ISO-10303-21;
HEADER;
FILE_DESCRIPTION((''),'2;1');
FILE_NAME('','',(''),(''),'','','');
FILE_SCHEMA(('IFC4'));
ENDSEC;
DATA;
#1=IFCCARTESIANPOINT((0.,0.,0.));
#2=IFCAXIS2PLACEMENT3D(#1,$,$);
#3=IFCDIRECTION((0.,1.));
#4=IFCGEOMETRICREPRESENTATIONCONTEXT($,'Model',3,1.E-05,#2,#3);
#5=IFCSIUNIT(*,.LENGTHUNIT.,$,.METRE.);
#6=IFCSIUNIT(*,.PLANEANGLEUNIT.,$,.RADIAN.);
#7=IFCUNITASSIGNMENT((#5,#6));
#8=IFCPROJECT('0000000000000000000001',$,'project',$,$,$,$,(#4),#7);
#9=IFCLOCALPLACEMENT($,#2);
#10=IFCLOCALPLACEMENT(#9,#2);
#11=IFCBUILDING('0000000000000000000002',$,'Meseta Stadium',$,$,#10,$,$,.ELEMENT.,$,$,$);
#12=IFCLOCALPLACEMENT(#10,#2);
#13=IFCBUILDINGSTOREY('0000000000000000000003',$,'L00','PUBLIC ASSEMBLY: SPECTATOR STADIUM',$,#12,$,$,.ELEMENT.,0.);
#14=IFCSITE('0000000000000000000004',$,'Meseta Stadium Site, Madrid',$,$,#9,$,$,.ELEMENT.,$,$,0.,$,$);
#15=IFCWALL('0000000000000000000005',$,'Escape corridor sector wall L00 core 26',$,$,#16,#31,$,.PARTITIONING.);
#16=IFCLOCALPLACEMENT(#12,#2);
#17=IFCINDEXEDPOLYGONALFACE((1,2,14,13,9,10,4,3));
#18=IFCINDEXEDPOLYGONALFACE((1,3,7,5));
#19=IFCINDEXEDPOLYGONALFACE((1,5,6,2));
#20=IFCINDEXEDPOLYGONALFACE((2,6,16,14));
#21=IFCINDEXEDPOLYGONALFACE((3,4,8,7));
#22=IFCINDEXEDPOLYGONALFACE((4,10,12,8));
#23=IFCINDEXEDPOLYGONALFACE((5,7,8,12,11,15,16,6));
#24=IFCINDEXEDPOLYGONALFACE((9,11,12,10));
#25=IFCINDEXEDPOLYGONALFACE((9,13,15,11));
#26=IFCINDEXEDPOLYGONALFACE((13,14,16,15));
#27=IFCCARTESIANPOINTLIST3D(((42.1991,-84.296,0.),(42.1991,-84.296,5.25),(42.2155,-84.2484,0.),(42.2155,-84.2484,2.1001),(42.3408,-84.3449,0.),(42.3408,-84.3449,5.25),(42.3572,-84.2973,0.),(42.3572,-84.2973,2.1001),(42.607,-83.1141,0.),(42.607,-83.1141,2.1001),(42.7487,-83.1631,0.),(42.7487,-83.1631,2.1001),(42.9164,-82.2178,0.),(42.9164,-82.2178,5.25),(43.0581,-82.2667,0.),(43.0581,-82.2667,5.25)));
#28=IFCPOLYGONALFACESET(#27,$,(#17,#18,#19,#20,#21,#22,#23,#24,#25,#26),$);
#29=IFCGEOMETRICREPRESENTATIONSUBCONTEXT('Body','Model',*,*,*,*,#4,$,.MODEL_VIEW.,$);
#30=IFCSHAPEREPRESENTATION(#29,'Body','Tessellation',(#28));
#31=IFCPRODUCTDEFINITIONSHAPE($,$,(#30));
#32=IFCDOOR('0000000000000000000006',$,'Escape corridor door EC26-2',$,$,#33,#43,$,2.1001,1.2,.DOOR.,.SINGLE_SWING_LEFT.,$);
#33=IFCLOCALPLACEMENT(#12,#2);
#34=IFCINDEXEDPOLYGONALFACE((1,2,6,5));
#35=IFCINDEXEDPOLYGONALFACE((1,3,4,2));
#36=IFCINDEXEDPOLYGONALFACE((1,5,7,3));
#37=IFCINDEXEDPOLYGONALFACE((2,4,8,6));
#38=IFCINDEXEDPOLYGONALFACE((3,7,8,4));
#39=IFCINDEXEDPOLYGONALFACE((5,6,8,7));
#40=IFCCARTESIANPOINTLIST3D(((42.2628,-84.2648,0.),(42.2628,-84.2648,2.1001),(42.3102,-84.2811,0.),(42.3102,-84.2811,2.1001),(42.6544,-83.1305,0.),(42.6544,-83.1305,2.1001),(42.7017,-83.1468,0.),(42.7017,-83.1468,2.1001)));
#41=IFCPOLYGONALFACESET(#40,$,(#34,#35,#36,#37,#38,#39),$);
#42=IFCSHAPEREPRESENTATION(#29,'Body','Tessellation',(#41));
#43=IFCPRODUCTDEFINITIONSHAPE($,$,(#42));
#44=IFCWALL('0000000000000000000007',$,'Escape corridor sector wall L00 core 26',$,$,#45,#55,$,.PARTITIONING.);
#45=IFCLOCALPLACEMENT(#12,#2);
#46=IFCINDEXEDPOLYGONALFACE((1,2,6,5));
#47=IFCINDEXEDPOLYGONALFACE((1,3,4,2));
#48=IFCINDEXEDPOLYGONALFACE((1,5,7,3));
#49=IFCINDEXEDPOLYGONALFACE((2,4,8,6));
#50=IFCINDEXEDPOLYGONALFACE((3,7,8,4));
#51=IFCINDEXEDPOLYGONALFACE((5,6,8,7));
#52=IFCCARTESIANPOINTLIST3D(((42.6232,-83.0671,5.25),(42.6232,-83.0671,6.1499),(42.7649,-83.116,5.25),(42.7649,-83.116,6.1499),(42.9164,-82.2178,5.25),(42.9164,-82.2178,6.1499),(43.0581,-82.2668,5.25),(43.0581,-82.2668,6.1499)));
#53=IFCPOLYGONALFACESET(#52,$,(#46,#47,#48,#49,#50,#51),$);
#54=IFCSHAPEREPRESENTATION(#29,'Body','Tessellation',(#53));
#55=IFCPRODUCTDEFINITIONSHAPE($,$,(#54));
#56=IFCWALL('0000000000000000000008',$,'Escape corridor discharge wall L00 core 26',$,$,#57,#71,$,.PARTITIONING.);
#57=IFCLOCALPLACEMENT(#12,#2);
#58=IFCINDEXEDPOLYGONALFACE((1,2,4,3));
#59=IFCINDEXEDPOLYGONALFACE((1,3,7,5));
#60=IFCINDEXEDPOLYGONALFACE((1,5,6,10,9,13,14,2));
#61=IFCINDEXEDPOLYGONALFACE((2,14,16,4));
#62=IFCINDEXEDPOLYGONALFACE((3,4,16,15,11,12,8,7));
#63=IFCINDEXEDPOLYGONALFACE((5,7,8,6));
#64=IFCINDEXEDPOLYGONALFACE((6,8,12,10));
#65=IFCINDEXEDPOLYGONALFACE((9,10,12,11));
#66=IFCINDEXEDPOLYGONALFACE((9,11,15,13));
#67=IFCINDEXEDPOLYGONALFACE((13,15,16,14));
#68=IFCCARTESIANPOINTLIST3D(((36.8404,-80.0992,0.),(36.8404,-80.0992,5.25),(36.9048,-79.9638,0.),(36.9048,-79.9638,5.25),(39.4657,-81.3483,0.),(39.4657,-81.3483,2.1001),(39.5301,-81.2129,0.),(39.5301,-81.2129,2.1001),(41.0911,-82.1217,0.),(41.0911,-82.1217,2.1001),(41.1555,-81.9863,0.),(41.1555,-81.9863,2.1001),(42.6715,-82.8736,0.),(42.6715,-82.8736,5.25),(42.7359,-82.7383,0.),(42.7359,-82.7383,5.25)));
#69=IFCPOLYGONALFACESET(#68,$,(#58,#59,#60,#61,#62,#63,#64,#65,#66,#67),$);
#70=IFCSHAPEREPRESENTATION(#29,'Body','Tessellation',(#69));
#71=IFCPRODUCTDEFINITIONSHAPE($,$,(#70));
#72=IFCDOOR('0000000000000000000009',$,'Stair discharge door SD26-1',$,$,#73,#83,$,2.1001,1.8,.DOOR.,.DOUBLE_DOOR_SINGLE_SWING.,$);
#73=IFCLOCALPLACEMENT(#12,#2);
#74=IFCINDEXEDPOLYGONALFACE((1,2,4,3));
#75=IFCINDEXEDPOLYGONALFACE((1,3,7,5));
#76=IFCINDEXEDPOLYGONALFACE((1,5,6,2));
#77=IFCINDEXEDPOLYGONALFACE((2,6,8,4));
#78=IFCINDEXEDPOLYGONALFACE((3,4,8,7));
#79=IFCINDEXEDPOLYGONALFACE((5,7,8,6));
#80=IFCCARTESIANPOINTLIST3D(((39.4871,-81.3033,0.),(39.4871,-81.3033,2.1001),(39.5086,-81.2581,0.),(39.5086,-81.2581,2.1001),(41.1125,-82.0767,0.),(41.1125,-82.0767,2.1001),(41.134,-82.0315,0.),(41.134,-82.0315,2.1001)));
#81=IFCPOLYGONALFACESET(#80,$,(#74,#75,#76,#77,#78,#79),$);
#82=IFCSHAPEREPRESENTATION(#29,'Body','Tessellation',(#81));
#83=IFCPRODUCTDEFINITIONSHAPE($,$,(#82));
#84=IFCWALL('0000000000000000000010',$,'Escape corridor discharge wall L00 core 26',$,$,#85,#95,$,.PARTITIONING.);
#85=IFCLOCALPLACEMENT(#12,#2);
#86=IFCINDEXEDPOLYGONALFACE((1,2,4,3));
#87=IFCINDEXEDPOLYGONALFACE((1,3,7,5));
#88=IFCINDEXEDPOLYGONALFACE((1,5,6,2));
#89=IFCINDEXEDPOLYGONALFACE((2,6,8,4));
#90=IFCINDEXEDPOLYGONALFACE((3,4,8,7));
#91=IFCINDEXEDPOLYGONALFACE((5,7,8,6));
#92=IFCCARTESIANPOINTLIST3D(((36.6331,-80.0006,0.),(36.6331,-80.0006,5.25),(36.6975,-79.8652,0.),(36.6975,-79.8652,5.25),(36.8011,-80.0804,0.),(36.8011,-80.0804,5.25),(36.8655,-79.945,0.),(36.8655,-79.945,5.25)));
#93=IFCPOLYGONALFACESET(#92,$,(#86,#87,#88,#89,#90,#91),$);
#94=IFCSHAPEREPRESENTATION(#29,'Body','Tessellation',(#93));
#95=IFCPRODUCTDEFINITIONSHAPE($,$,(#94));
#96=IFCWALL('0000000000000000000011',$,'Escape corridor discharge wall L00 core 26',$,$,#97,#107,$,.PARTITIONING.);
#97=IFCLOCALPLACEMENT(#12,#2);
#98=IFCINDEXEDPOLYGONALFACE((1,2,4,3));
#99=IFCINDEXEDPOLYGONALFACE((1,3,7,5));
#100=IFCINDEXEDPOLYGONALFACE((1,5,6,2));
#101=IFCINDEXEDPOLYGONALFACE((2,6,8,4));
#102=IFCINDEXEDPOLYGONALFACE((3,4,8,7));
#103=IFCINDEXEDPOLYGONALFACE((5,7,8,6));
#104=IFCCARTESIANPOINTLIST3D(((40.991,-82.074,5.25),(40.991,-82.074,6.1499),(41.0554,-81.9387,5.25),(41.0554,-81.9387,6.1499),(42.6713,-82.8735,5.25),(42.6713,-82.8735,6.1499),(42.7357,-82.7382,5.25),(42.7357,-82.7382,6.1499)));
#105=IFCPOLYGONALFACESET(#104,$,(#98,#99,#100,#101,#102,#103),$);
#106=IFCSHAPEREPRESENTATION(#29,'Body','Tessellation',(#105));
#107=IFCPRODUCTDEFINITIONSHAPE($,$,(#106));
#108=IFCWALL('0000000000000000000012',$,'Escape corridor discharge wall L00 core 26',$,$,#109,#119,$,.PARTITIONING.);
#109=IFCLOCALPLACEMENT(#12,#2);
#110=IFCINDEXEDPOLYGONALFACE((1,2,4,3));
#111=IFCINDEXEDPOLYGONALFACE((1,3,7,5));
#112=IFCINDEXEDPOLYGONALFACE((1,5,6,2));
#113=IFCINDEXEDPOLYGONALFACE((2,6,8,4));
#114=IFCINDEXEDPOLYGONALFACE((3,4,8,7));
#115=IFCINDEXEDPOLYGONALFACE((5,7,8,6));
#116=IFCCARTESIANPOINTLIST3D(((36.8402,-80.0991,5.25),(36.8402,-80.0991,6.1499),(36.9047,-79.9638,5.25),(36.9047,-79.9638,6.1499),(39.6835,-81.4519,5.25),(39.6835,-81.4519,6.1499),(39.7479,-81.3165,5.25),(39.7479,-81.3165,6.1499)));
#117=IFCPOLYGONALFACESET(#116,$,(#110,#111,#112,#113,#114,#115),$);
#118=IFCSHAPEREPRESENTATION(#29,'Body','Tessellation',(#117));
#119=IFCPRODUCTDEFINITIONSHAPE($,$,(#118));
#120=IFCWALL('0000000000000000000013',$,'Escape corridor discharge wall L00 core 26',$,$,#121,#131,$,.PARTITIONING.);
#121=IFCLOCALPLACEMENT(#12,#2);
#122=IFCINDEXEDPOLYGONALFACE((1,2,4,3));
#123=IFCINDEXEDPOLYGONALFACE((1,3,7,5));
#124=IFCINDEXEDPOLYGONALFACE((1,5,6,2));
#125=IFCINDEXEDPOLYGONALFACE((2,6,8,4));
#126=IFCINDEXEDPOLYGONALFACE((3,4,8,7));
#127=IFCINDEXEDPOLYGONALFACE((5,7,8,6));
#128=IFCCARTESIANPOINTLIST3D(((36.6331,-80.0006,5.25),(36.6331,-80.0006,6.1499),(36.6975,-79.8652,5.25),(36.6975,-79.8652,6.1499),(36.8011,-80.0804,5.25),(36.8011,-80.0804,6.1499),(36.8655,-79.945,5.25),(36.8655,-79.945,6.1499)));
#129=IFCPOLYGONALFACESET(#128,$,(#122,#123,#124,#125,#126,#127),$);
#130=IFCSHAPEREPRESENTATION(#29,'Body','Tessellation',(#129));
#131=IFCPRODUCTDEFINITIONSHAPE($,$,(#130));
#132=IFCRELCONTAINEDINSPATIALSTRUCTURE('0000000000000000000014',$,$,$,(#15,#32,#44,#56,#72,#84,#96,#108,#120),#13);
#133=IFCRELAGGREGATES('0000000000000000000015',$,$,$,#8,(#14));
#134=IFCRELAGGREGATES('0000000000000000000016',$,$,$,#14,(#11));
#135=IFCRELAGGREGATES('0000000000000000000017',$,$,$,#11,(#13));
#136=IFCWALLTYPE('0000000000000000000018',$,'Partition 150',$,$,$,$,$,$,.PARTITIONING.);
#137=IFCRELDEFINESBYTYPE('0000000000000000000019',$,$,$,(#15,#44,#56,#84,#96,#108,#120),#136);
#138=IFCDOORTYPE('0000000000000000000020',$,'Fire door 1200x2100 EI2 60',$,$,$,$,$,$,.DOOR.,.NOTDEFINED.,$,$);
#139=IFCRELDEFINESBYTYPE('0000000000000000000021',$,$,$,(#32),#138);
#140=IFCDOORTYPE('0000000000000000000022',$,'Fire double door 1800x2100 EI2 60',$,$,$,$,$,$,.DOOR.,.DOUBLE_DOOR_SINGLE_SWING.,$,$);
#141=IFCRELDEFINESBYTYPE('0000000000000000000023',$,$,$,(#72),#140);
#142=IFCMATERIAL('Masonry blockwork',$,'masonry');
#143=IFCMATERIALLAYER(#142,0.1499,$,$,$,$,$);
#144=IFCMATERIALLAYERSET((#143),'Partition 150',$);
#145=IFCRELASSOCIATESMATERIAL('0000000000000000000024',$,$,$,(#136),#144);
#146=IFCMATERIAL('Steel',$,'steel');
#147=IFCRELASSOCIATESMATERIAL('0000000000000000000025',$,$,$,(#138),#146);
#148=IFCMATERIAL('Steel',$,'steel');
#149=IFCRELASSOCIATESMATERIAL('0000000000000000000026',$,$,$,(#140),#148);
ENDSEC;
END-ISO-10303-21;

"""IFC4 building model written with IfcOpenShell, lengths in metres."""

from ifc_helpers import new_model, si_unit, direction, frame, frame_2d, origin, place, context, subcontext, project, spatial, rectangle, extrude, material, layer, layer_set, type_object, element, fill, save


model = new_model("IFC4")

# Units and contexts
model_context = context("Model", 3, precision=1e-05, world=origin(), true_north=direction((0.0, 1.0)))
body_context = subcontext(model_context, "Body", "Model", "MODEL_VIEW")
ifc_project = project(units=[si_unit("LENGTHUNIT", "METRE"), si_unit("PLANEANGLEUNIT", "RADIAN")], contexts=[model_context])

# Site, building, storey
site_placement = place(None, origin())
site = spatial("IfcSite", under=ifc_project, at=site_placement, Name="Meseta Stadium Site, Madrid", CompositionType="ELEMENT", RefElevation=0.0)
building_placement = place(site_placement, origin())
building = spatial("IfcBuilding", under=site, at=building_placement, Name="Meseta Stadium", CompositionType="ELEMENT")
storey_placement = place(building_placement, origin())
storey = spatial("IfcBuildingStorey", under=building, at=storey_placement, Name="L00", Description="PUBLIC ASSEMBLY: SPECTATOR STADIUM", CompositionType="ELEMENT", Elevation=0.0)

# Shared definitions
ifc_material_1 = material(Name="Masonry blockwork", Category="masonry")
ifc_layer = layer(ifc_material_1, 0.1499)
ifc_layer_set = layer_set([ifc_layer], Name="Partition 150")
wall_type = type_object("IfcWallType", Name="Partition 150", PredefinedType="PARTITIONING", material=ifc_layer_set)

# Wall, opening, door
wall_1_placement = place(storey_placement, frame((42.27, -84.3203, 0.0), z_axis=(0.0, 0.0, 1.0), x_axis=(0.326271, 0.945276, 0.0)))
wall_1 = element("IfcWall", 1, at=wall_1_placement, inside=storey, type_object=wall_type, Name="Escape corridor sector wall L00 core 26", PredefinedType="PARTITIONING", context=body_context, shape_type="SweptSolid", body=[
    extrude(rectangle(XDim=2.1985, YDim=0.1499, at=frame_2d((1.0991, 0.0))), origin(), (0.0, 0.0, 1.0), 5.25),
])
opening_1_placement = place(wall_1_placement, frame((0.05, 0.0, 0.0)))
opening_1 = element("IfcOpeningElement", 2, at=opening_1_placement, cuts=wall_1, PredefinedType="OPENING", context=body_context, shape_type="SweptSolid", body=[
    extrude(rectangle(XDim=1.2, YDim=2.1001, at=frame_2d((0.6001, 1.05))), frame((0.0, 0.085, 0.0), z_axis=(0.0, -1.0, 0.0), x_axis=(1.0, 0.0, 0.0)), (0.0, 0.0, 1.0), 0.1699),
])
ifc_material_2 = material(Name="Steel", Category="steel")
door_type_1 = type_object("IfcDoorType", Name="Fire door 1200x2100 EI2 60", OperationType="NOTDEFINED", PredefinedType="DOOR", material=ifc_material_2)
door_1_placement = place(opening_1_placement, origin())
door_1 = element("IfcDoor", 3, at=door_1_placement, inside=storey, type_object=door_type_1, Name="Escape corridor door EC26-2", OperationType="SINGLE_SWING_LEFT", OverallHeight=2.1001, OverallWidth=1.2, PredefinedType="DOOR", context=body_context, shape_type="SweptSolid", body=[
    extrude(rectangle(XDim=1.2, YDim=2.1001, at=frame_2d((0.6001, 1.05))), frame((0.0, 0.0249, 0.0), z_axis=(0.0, -1.0, 0.0), x_axis=(1.0, 0.0, 0.0)), (0.0, 0.0, 1.0), 0.05),
])
fill(opening_1, door_1)

# Wall
wall_2_placement = place(storey_placement, frame((42.6941, -83.0916, 5.25), z_axis=(0.0, 0.0, 1.0), x_axis=(0.326317, 0.94526, 0.0)))
element("IfcWall", 4, at=wall_2_placement, inside=storey, type_object=wall_type, Name="Escape corridor sector wall L00 core 26", PredefinedType="PARTITIONING", context=body_context, shape_type="SweptSolid", body=[
    extrude(rectangle(XDim=0.8984, YDim=0.1499, at=frame_2d((0.4492, 0.0))), origin(), (0.0, 0.0, 1.0), 0.8999),
])

# Wall, opening, door
wall_3_placement = place(storey_placement, frame((36.8726, -80.0315, 0.0), z_axis=(0.0, 0.0, 1.0), x_axis=(0.902997, -0.429646, 0.0)))
wall_3 = element("IfcWall", 5, at=wall_3_placement, inside=storey, type_object=wall_type, Name="Escape corridor discharge wall L00 core 26", PredefinedType="PARTITIONING", context=body_context, shape_type="SweptSolid", body=[
    extrude(rectangle(XDim=6.4575, YDim=0.1499, at=frame_2d((3.2288, 0.0))), origin(), (0.0, 0.0, 1.0), 5.25),
])
opening_2_placement = place(wall_3_placement, frame((2.9075, 0.0, 0.0)))
opening_2 = element("IfcOpeningElement", 6, at=opening_2_placement, cuts=wall_3, PredefinedType="OPENING", context=body_context, shape_type="SweptSolid", body=[
    extrude(rectangle(XDim=1.8, YDim=2.1001, at=frame_2d((0.8999, 1.05))), frame((0.0, 0.085, 0.0), z_axis=(0.0, -1.0, 0.0), x_axis=(1.0, 0.0, 0.0)), (0.0, 0.0, 1.0), 0.1699),
])
ifc_material_3 = material(Name="Steel", Category="steel")
door_type_2 = type_object("IfcDoorType", Name="Fire double door 1800x2100 EI2 60", OperationType="DOUBLE_DOOR_SINGLE_SWING", PredefinedType="DOOR", material=ifc_material_3)
door_2_placement = place(opening_2_placement, origin())
door_2 = element("IfcDoor", 7, at=door_2_placement, inside=storey, type_object=door_type_2, Name="Stair discharge door SD26-1", OperationType="DOUBLE_DOOR_SINGLE_SWING", OverallHeight=2.1001, OverallWidth=1.8, PredefinedType="DOOR", context=body_context, shape_type="SweptSolid", body=[
    extrude(rectangle(XDim=1.8, YDim=2.1001, at=frame_2d((0.8999, 1.05))), frame((0.0, 0.0249, 0.0), z_axis=(0.0, -1.0, 0.0), x_axis=(1.0, 0.0, 0.0)), (0.0, 0.0, 1.0), 0.05),
])
fill(opening_2, door_2)

# Walls
wall_4_placement = place(storey_placement, frame((36.6653, -79.9329, 0.0), z_axis=(0.0, 0.0, 1.0), x_axis=(0.903176, -0.429271, 0.0)))
element("IfcWall", 8, at=wall_4_placement, inside=storey, type_object=wall_type, Name="Escape corridor discharge wall L00 core 26", PredefinedType="PARTITIONING", context=body_context, shape_type="SweptSolid", body=[
    extrude(rectangle(XDim=0.186, YDim=0.1499, at=frame_2d((0.093, 0.0))), origin(), (0.0, 0.0, 1.0), 5.25),
])
wall_5_placement = place(storey_placement, frame((41.0232, -82.0063, 5.25), z_axis=(0.0, 0.0, 1.0), x_axis=(0.902994, -0.429653, 0.0)))
element("IfcWall", 9, at=wall_5_placement, inside=storey, type_object=wall_type, Name="Escape corridor discharge wall L00 core 26", PredefinedType="PARTITIONING", context=body_context, shape_type="SweptSolid", body=[
    extrude(rectangle(XDim=1.8608, YDim=0.1499, at=frame_2d((0.9304, 0.0))), origin(), (0.0, 0.0, 1.0), 0.8999),
])
wall_6_placement = place(storey_placement, frame((36.8726, -80.0315, 5.25), z_axis=(0.0, 0.0, 1.0), x_axis=(0.903002, -0.429636, 0.0)))
element("IfcWall", 10, at=wall_6_placement, inside=storey, type_object=wall_type, Name="Escape corridor discharge wall L00 core 26", PredefinedType="PARTITIONING", context=body_context, shape_type="SweptSolid", body=[
    extrude(rectangle(XDim=3.1487, YDim=0.1499, at=frame_2d((1.5742, 0.0))), origin(), (0.0, 0.0, 1.0), 0.8999),
])
wall_7_placement = place(storey_placement, frame((36.6653, -79.9329, 5.25), z_axis=(0.0, 0.0, 1.0), x_axis=(0.903176, -0.429271, 0.0)))
element("IfcWall", 11, at=wall_7_placement, inside=storey, type_object=wall_type, Name="Escape corridor discharge wall L00 core 26", PredefinedType="PARTITIONING", context=body_context, shape_type="SweptSolid", body=[
    extrude(rectangle(XDim=0.186, YDim=0.1499, at=frame_2d((0.093, 0.0))), origin(), (0.0, 0.0, 1.0), 0.8999),
])

save(model, "model.ifc")
